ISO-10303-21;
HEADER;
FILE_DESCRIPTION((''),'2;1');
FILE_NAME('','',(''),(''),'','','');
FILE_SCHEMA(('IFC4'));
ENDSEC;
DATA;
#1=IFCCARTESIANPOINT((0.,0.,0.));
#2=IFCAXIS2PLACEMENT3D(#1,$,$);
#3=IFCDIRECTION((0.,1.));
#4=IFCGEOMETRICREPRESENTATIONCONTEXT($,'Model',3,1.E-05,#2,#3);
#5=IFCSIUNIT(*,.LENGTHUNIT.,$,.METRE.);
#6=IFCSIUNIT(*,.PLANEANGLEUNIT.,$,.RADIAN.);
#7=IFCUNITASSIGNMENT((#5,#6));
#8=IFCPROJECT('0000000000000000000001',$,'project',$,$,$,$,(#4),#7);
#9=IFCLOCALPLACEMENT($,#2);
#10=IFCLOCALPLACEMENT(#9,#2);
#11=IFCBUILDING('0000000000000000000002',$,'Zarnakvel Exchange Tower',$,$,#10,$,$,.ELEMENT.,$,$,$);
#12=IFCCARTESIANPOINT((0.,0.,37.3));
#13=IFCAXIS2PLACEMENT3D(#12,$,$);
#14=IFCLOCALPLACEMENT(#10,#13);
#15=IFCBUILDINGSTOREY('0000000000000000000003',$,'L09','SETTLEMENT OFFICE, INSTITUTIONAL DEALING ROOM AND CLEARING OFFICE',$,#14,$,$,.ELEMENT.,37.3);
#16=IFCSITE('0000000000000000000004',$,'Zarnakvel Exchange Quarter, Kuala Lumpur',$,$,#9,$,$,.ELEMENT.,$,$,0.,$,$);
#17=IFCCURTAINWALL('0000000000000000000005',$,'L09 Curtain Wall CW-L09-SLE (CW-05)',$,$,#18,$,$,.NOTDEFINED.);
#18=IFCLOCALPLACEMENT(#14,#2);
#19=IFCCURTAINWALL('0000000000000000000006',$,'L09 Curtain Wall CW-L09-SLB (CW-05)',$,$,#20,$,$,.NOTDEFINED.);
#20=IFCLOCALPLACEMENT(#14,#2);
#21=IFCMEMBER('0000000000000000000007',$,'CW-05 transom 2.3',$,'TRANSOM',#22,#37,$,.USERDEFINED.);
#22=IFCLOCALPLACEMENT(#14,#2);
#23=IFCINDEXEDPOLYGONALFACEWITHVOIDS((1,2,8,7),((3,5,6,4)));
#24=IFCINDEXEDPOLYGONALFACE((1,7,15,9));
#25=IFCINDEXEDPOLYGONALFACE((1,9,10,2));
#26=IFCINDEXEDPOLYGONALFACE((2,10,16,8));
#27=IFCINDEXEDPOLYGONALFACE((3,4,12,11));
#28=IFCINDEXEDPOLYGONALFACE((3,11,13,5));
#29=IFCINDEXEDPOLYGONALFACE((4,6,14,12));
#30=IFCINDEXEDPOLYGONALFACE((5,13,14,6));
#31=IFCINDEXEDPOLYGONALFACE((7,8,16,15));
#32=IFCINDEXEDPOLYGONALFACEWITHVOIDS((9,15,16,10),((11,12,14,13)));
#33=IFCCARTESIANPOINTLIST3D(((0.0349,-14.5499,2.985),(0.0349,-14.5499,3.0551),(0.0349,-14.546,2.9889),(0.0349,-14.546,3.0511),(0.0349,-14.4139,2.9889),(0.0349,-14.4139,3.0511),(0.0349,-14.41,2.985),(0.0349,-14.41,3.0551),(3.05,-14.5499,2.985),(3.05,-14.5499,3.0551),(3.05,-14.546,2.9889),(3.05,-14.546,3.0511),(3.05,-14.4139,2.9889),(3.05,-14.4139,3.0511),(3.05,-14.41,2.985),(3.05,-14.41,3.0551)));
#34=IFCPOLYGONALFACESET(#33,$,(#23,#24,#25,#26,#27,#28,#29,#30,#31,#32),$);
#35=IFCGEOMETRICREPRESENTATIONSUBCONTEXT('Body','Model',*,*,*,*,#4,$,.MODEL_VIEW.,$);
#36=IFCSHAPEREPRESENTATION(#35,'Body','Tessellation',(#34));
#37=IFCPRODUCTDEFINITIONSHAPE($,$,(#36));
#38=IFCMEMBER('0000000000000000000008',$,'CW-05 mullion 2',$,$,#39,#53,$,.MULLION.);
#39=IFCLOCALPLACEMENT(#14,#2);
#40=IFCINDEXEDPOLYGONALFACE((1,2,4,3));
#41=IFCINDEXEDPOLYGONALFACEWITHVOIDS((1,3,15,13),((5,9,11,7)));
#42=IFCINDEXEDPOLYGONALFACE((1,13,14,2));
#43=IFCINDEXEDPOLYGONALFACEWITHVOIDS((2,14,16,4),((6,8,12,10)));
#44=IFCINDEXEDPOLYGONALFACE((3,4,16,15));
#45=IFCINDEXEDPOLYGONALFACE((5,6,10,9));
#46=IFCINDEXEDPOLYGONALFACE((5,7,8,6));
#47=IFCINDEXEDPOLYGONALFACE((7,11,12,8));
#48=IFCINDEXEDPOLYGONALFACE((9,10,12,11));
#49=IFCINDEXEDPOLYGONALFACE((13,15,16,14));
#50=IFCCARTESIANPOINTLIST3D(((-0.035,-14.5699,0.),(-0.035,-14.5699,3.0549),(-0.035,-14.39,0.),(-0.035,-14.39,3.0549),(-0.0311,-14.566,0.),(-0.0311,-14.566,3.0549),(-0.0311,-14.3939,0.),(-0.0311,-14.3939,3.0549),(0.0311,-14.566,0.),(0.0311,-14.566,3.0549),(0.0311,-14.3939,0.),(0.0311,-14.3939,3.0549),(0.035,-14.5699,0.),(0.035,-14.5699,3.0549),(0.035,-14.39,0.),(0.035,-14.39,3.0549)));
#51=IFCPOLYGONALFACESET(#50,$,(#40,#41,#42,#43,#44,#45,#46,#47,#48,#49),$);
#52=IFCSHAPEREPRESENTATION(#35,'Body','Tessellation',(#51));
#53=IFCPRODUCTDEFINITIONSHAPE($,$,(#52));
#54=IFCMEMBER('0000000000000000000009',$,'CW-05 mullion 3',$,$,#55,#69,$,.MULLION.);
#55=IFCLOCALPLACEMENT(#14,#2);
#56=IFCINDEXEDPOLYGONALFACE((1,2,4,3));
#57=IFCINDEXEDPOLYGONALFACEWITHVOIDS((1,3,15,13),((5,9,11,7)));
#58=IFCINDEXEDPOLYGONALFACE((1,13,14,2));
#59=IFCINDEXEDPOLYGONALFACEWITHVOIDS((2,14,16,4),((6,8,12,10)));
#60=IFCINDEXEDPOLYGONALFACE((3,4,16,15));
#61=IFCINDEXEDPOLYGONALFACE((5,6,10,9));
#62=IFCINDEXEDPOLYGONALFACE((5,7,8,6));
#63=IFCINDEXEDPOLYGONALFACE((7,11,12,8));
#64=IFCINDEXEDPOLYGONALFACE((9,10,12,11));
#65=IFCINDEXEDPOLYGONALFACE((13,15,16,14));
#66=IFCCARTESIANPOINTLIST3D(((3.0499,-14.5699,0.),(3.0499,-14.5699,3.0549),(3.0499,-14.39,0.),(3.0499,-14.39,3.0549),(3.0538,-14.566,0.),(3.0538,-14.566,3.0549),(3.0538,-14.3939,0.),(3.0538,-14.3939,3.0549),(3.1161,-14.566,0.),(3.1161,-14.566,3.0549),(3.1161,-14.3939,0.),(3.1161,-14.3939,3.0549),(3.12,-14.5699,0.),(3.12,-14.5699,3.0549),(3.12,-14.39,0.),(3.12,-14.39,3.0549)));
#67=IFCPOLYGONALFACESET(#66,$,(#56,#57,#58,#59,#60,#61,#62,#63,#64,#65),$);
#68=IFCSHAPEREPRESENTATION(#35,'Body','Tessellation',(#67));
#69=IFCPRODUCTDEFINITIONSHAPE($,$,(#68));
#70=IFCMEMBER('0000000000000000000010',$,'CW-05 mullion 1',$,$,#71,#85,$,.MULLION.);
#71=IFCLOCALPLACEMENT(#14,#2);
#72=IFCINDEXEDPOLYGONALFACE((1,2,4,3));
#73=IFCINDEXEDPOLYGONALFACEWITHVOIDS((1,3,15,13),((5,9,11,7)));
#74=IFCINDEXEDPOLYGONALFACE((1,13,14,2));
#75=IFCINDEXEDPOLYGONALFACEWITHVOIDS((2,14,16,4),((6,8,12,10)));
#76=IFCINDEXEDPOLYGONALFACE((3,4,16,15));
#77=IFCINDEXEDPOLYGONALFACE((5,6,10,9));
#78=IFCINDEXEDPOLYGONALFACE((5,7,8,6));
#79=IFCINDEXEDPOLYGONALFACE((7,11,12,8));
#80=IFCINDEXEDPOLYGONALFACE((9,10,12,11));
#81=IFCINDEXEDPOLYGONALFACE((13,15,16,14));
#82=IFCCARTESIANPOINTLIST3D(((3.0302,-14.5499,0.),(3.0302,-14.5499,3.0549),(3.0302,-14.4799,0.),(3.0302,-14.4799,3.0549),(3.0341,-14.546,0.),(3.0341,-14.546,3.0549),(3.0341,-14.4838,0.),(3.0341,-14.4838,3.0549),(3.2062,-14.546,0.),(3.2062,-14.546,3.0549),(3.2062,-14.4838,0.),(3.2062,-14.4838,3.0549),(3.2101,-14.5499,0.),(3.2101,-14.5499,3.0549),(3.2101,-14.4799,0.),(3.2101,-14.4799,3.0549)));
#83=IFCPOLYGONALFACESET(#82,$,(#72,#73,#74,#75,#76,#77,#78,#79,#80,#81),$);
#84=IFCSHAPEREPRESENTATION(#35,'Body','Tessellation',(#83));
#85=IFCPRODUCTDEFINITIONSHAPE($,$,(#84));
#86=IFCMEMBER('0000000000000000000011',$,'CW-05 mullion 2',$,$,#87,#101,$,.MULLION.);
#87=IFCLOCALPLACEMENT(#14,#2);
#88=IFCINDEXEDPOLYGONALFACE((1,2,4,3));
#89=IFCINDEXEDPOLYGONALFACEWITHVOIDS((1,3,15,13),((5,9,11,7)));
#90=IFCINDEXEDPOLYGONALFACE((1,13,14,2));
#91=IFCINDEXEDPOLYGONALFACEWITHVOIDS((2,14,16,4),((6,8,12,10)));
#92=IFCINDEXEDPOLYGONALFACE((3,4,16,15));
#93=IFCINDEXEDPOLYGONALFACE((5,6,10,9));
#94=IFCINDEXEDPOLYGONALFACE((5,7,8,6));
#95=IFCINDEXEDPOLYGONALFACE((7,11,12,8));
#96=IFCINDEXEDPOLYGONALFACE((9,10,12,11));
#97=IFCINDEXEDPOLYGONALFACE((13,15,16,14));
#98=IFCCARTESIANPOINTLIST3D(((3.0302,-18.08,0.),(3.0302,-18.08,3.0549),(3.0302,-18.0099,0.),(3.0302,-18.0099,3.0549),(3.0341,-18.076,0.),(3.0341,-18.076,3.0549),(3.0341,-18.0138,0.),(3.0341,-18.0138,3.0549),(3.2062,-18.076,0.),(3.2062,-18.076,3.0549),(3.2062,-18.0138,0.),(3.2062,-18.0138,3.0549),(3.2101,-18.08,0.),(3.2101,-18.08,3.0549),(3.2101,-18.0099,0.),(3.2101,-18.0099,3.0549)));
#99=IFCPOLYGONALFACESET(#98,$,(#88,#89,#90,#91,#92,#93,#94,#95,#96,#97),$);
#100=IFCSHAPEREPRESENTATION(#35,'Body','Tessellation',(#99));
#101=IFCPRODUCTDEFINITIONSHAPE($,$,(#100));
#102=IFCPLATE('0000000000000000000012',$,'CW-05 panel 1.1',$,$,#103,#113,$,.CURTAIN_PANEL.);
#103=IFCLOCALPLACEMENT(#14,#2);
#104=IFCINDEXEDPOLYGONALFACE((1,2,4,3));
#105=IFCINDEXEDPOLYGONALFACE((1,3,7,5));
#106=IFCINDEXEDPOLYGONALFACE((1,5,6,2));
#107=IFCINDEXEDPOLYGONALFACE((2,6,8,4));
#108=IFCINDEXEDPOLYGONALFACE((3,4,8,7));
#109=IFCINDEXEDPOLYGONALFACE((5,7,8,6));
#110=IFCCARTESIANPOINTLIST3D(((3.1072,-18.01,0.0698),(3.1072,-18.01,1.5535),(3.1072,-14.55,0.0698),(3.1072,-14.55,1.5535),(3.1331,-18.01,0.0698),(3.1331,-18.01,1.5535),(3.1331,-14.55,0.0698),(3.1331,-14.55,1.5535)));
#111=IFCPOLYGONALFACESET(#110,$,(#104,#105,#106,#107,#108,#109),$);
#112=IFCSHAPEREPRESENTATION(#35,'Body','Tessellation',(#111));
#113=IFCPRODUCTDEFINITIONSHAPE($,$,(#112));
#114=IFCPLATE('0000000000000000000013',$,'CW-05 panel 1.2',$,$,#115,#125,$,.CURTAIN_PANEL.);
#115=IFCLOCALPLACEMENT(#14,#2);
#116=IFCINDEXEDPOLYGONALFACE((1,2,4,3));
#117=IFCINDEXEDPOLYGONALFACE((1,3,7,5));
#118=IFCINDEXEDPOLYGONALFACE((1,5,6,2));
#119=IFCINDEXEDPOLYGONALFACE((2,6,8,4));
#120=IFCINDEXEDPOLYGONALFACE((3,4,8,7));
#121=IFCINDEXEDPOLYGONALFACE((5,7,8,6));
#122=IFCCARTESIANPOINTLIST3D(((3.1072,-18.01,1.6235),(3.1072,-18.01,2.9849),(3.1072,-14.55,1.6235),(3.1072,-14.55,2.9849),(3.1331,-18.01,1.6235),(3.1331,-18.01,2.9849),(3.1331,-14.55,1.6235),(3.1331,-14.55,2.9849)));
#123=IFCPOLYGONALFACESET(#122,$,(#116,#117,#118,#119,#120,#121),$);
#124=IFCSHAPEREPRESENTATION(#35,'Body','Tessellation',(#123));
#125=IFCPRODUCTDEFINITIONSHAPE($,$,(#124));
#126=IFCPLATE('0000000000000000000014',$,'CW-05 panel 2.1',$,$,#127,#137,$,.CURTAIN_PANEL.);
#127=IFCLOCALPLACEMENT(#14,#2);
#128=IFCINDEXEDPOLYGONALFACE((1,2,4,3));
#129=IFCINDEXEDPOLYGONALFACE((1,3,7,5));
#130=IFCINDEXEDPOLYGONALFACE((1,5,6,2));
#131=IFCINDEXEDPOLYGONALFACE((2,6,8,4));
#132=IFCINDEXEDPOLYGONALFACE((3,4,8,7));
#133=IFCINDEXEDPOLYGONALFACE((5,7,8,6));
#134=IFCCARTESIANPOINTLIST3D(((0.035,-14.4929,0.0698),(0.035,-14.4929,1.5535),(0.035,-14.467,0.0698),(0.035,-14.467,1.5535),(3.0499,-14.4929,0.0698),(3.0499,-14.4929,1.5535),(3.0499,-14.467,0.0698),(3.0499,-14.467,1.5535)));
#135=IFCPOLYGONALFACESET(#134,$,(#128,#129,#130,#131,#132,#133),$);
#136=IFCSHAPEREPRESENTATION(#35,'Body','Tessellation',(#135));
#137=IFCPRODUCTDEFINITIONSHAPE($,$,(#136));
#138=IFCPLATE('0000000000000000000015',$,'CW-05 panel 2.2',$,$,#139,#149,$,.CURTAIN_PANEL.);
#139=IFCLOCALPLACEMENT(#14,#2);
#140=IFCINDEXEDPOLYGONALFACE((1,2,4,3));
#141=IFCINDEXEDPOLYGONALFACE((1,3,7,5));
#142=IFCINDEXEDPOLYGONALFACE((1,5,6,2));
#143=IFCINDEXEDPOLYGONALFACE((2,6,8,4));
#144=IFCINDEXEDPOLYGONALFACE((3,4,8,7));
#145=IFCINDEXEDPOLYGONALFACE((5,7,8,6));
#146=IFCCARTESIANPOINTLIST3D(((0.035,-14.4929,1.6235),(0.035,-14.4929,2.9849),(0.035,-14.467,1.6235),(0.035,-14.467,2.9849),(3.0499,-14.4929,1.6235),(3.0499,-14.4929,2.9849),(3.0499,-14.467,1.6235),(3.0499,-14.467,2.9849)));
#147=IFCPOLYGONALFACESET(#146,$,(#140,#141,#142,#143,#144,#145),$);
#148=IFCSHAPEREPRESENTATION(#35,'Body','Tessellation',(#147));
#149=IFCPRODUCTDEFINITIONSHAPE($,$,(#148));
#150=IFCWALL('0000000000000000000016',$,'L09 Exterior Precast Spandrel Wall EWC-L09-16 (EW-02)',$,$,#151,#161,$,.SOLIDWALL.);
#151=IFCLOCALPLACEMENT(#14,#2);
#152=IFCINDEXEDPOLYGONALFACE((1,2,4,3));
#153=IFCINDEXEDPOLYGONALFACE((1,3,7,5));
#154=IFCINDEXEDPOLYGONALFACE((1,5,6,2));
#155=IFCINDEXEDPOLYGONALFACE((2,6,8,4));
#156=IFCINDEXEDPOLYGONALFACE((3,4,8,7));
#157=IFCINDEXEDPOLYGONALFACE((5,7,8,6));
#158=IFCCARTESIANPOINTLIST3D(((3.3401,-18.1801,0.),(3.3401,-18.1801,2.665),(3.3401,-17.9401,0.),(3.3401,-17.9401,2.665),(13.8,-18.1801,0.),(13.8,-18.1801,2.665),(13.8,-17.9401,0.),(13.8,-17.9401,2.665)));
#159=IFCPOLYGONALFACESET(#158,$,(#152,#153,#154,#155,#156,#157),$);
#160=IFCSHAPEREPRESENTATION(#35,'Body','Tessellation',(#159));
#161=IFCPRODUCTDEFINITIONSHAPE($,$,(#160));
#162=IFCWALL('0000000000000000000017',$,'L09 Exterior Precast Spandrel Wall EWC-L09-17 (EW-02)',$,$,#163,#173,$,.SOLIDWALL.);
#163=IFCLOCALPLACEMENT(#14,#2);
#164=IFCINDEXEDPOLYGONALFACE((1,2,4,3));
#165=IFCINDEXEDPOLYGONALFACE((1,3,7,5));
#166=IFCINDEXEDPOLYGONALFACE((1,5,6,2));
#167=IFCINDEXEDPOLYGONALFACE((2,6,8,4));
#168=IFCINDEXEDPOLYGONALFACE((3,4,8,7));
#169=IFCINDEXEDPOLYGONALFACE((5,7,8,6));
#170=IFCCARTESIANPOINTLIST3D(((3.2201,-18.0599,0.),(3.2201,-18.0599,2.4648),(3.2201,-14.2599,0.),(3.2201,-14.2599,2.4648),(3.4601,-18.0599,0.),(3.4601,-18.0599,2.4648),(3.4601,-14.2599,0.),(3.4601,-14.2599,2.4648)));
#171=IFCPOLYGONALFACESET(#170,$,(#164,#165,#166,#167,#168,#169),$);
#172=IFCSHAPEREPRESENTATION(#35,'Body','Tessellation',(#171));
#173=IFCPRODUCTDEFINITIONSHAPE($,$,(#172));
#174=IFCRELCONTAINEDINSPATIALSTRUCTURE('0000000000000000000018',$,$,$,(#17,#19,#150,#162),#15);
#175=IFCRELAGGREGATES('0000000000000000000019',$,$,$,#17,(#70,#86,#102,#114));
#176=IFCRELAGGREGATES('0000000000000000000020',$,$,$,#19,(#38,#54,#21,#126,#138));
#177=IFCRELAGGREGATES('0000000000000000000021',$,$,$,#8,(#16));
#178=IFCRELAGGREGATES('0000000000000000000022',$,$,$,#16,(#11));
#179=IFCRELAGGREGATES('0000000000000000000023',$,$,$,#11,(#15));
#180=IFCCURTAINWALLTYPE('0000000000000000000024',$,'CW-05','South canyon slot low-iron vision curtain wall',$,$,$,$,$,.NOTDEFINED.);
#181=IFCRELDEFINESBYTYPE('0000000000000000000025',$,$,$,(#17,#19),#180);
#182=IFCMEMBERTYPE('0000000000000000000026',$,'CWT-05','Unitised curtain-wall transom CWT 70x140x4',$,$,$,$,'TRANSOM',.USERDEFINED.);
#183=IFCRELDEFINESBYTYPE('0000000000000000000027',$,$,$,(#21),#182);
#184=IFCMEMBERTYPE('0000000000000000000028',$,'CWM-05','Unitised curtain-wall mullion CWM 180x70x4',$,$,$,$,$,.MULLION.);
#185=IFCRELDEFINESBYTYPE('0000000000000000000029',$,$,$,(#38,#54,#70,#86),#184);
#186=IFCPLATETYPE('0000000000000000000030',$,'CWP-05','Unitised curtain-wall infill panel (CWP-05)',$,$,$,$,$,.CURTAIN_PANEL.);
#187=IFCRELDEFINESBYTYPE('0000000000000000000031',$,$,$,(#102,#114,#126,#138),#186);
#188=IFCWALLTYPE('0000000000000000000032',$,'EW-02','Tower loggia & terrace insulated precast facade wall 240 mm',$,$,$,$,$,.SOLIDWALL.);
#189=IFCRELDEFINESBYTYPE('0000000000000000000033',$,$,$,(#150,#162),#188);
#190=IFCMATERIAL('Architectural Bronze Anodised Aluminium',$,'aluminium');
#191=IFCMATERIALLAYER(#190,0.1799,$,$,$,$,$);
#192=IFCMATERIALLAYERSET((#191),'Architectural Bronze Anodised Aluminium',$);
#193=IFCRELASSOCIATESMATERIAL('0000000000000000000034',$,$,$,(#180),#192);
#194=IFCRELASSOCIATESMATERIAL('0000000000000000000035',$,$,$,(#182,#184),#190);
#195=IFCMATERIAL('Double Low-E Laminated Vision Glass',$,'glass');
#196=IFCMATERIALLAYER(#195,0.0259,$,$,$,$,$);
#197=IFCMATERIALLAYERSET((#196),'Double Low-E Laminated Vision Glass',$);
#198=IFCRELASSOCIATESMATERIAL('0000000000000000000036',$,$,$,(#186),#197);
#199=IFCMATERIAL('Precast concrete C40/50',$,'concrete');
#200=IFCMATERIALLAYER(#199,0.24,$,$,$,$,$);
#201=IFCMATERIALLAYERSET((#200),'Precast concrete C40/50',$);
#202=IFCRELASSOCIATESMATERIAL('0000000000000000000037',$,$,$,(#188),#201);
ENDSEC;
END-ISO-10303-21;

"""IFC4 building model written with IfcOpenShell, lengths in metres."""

from ifc_helpers import new_model, si_unit, direction, frame, frame_2d, origin, origin_2d, place, context, subcontext, project, spatial, rectangle, hollow_rectangle, extrude, source, transform, mapped, material, layer, layer_set, material_profile, profile_set, type_object, element, aggregate, save


model = new_model("IFC4")

# Units and contexts
model_context = context("Model", 3, precision=1e-05, world=origin(), true_north=direction((0.0, 1.0)))
body_context = subcontext(model_context, "Body", "Model", "MODEL_VIEW")
ifc_project = project(units=[si_unit("LENGTHUNIT", "METRE"), si_unit("PLANEANGLEUNIT", "RADIAN")], contexts=[model_context])

# Site, building, storey
site_placement = place(None, origin())
site = spatial("IfcSite", under=ifc_project, at=site_placement, Name="Zarnakvel Exchange Quarter, Kuala Lumpur", CompositionType="ELEMENT", RefElevation=0.0)
building_placement = place(site_placement, origin())
building = spatial("IfcBuilding", under=site, at=building_placement, Name="Zarnakvel Exchange Tower", CompositionType="ELEMENT")
storey_placement = place(building_placement, frame((0.0, 0.0, 37.3)))
storey = spatial("IfcBuildingStorey", under=building, at=storey_placement, Name="L09", Description="SETTLEMENT OFFICE, INSTITUTIONAL DEALING ROOM AND CLEARING OFFICE", CompositionType="ELEMENT", Elevation=37.3)

# Curtain walls, members
ifc_material_1 = material(Name="Architectural Bronze Anodised Aluminium", Category="aluminium")
ifc_layer_1 = layer(ifc_material_1, 0.1799)
ifc_layer_set_1 = layer_set([ifc_layer_1], Name="Architectural Bronze Anodised Aluminium")
curtain_wall_type = type_object("IfcCurtainWallType", Name="CW-05", Description="South canyon slot low-iron vision curtain wall", PredefinedType="NOTDEFINED", material=ifc_layer_set_1)
curtain_wall_1_placement = place(storey_placement, origin())
curtain_wall_1 = element("IfcCurtainWall", 1, at=curtain_wall_1_placement, inside=storey, type_object=curtain_wall_type, Name="L09 Curtain Wall CW-L09-SLE (CW-05)", PredefinedType="NOTDEFINED")
ifc_material_profile_1 = material_profile(ifc_material_1, hollow_rectangle(XDim=0.1399, YDim=0.0701, WallThickness=0.0039, at=origin_2d()))
ifc_profile_set_1 = profile_set([ifc_material_profile_1], Name="Architectural Bronze Anodised Aluminium")
member_type_1 = type_object("IfcMemberType", Name="CWT-05", Description="Unitised curtain-wall transom CWT 70x140x4", ElementType="TRANSOM", PredefinedType="USERDEFINED", material=ifc_profile_set_1)
curtain_wall_2_placement = place(storey_placement, origin())
curtain_wall_2 = element("IfcCurtainWall", 2, at=curtain_wall_2_placement, inside=storey, type_object=curtain_wall_type, Name="L09 Curtain Wall CW-L09-SLB (CW-05)", PredefinedType="NOTDEFINED")
shared_shape_1 = source(origin(), body_context, "Body", "SweptSolid", [
    extrude(hollow_rectangle(XDim=0.1399, YDim=0.0701, WallThickness=0.0039, at=origin_2d()), origin(), (0.0, 0.0, 1.0), 3.0151),
])
member_1_placement = place(storey_placement, frame((0.0349, -14.48, 3.02), z_axis=(1.0, 0.0, 0.0), x_axis=(0.0, 1.0, 0.0)))
member_1 = element("IfcMember", 3, at=member_1_placement, type_object=member_type_1, Name="CW-05 transom 2.3", ObjectType="TRANSOM", PredefinedType="USERDEFINED", context=body_context, shape_type="MappedRepresentation", body=[
    mapped(shared_shape_1, transform((0.0, 0.0, 0.0), x_axis=(1.0, 0.0, 0.0), y_axis=(0.0, 1.0, 0.0), z_axis=(0.0, 0.0, 1.0), scale=1.0)),
])
ifc_material_profile_2 = material_profile(ifc_material_1, hollow_rectangle(XDim=0.1799, YDim=0.0701, WallThickness=0.0039, at=origin_2d()))
ifc_profile_set_2 = profile_set([ifc_material_profile_2], Name="Architectural Bronze Anodised Aluminium")
member_type_2 = type_object("IfcMemberType", Name="CWM-05", Description="Unitised curtain-wall mullion CWM 180x70x4", PredefinedType="MULLION", material=ifc_profile_set_2)
shared_shape_2 = source(origin(), body_context, "Body", "SweptSolid", [
    extrude(hollow_rectangle(XDim=0.1799, YDim=0.0701, WallThickness=0.0039, at=origin_2d()), origin(), (0.0, 0.0, 1.0), 3.0549),
])
member_2_placement = place(storey_placement, frame((0.0, -14.48, 0.0), z_axis=(0.0, 0.0, 1.0), x_axis=(0.0, 1.0, 0.0)))
member_2 = element("IfcMember", 4, at=member_2_placement, type_object=member_type_2, Name="CW-05 mullion 2", PredefinedType="MULLION", context=body_context, shape_type="MappedRepresentation", body=[
    mapped(shared_shape_2, transform((0.0, 0.0, 0.0), x_axis=(1.0, 0.0, 0.0), y_axis=(0.0, 1.0, 0.0), z_axis=(0.0, 0.0, 1.0), scale=1.0)),
])
member_3_placement = place(storey_placement, frame((3.085, -14.48, 0.0), z_axis=(0.0, 0.0, 1.0), x_axis=(0.0, 1.0, 0.0)))
member_3 = element("IfcMember", 5, at=member_3_placement, type_object=member_type_2, Name="CW-05 mullion 3", PredefinedType="MULLION", context=body_context, shape_type="MappedRepresentation", body=[
    mapped(shared_shape_2, transform((0.0, 0.0, 0.0), x_axis=(1.0, 0.0, 0.0), y_axis=(0.0, 1.0, 0.0), z_axis=(0.0, 0.0, 1.0), scale=1.0)),
])

# Members
member_4_placement = place(storey_placement, frame((3.1201, -14.5149, 0.0), z_axis=(0.0, 0.0, 1.0), x_axis=(1.0, 0.0, 0.0)))
member_4 = element("IfcMember", 6, at=member_4_placement, type_object=member_type_2, Name="CW-05 mullion 1", PredefinedType="MULLION", context=body_context, shape_type="MappedRepresentation", body=[
    mapped(shared_shape_2, transform((0.0, 0.0, 0.0), x_axis=(1.0, 0.0, 0.0), y_axis=(0.0, 1.0, 0.0), z_axis=(0.0, 0.0, 1.0), scale=1.0)),
])
member_5_placement = place(storey_placement, frame((3.1201, -18.0449, 0.0), z_axis=(0.0, 0.0, 1.0), x_axis=(1.0, 0.0, 0.0)))
member_5 = element("IfcMember", 7, at=member_5_placement, type_object=member_type_2, Name="CW-05 mullion 2", PredefinedType="MULLION", context=body_context, shape_type="MappedRepresentation", body=[
    mapped(shared_shape_2, transform((0.0, 0.0, 0.0), x_axis=(1.0, 0.0, 0.0), y_axis=(0.0, 1.0, 0.0), z_axis=(0.0, 0.0, 1.0), scale=1.0)),
])

# Plates
ifc_material_2 = material(Name="Double Low-E Laminated Vision Glass", Category="glass")
ifc_layer_2 = layer(ifc_material_2, 0.0259)
ifc_layer_set_2 = layer_set([ifc_layer_2], Name="Double Low-E Laminated Vision Glass")
plate_type = type_object("IfcPlateType", Name="CWP-05", Description="Unitised curtain-wall infill panel (CWP-05)", PredefinedType="CURTAIN_PANEL", material=ifc_layer_set_2)
shared_shape_3 = source(origin(), body_context, "Body", "SweptSolid", [
    extrude(rectangle(XDim=3.46, YDim=0.0259, at=origin_2d()), origin(), (0.0, 0.0, 1.0), 1.4836),
])
plate_1_placement = place(storey_placement, frame((3.1201, -16.28, 0.0698), z_axis=(0.0, 0.0, 1.0), x_axis=(0.0, -1.0, 0.0)))
plate_1 = element("IfcPlate", 8, at=plate_1_placement, type_object=plate_type, Name="CW-05 panel 1.1", PredefinedType="CURTAIN_PANEL", context=body_context, shape_type="MappedRepresentation", body=[
    mapped(shared_shape_3, transform((0.0, 0.0, 0.0), x_axis=(1.0, 0.0, 0.0), y_axis=(0.0, 1.0, 0.0), z_axis=(0.0, 0.0, 1.0), scale=1.0)),
])
shared_shape_4 = source(origin(), body_context, "Body", "SweptSolid", [
    extrude(rectangle(XDim=3.46, YDim=0.0259, at=origin_2d()), origin(), (0.0, 0.0, 1.0), 1.3613),
])
plate_2_placement = place(storey_placement, frame((3.1201, -16.28, 1.6235), z_axis=(0.0, 0.0, 1.0), x_axis=(0.0, -1.0, 0.0)))
plate_2 = element("IfcPlate", 9, at=plate_2_placement, type_object=plate_type, Name="CW-05 panel 1.2", PredefinedType="CURTAIN_PANEL", context=body_context, shape_type="MappedRepresentation", body=[
    mapped(shared_shape_4, transform((0.0, 0.0, 0.0), x_axis=(1.0, 0.0, 0.0), y_axis=(0.0, 1.0, 0.0), z_axis=(0.0, 0.0, 1.0), scale=1.0)),
])
aggregate(curtain_wall_1, [member_4, member_5, plate_1, plate_2])
shared_shape_5 = source(origin(), body_context, "Body", "SweptSolid", [
    extrude(rectangle(XDim=3.0149, YDim=0.0259, at=origin_2d()), origin(), (0.0, 0.0, 1.0), 1.4836),
])
plate_3_placement = place(storey_placement, frame((1.5425, -14.48, 0.0698), z_axis=(0.0, 0.0, 1.0), x_axis=(1.0, 0.0, 0.0)))
plate_3 = element("IfcPlate", 10, at=plate_3_placement, type_object=plate_type, Name="CW-05 panel 2.1", PredefinedType="CURTAIN_PANEL", context=body_context, shape_type="MappedRepresentation", body=[
    mapped(shared_shape_5, transform((0.0, 0.0, 0.0), x_axis=(1.0, 0.0, 0.0), y_axis=(0.0, 1.0, 0.0), z_axis=(0.0, 0.0, 1.0), scale=1.0)),
])
shared_shape_6 = source(origin(), body_context, "Body", "SweptSolid", [
    extrude(rectangle(XDim=3.0149, YDim=0.0259, at=origin_2d()), origin(), (0.0, 0.0, 1.0), 1.3613),
])
plate_4_placement = place(storey_placement, frame((1.5425, -14.48, 1.6235), z_axis=(0.0, 0.0, 1.0), x_axis=(1.0, 0.0, 0.0)))
plate_4 = element("IfcPlate", 11, at=plate_4_placement, type_object=plate_type, Name="CW-05 panel 2.2", PredefinedType="CURTAIN_PANEL", context=body_context, shape_type="MappedRepresentation", body=[
    mapped(shared_shape_6, transform((0.0, 0.0, 0.0), x_axis=(1.0, 0.0, 0.0), y_axis=(0.0, 1.0, 0.0), z_axis=(0.0, 0.0, 1.0), scale=1.0)),
])
aggregate(curtain_wall_2, [member_2, member_3, member_1, plate_3, plate_4])

# Walls
ifc_material_3 = material(Name="Precast concrete C40/50", Category="concrete")
ifc_layer_3 = layer(ifc_material_3, 0.24)
ifc_layer_set_3 = layer_set([ifc_layer_3], Name="Precast concrete C40/50")
wall_type_1 = type_object("IfcWallType", Name="EW-02", Description="Tower loggia & terrace insulated precast facade wall 240 mm", PredefinedType="SOLIDWALL", material=ifc_layer_set_3)
wall_1_placement = place(storey_placement, frame((3.3401, -18.0601, 0.0), z_axis=(0.0, 0.0, 1.0), x_axis=(1.0, 0.0, 0.0)))
element("IfcWall", 12, at=wall_1_placement, inside=storey, type_object=wall_type_1, Name="L09 Exterior Precast Spandrel Wall EWC-L09-16 (EW-02)", PredefinedType="SOLIDWALL", context=body_context, shape_type="SweptSolid", body=[
    extrude(rectangle(XDim=10.46, YDim=0.24, at=frame_2d((5.23, 0.0))), origin(), (0.0, 0.0, 1.0), 2.665),
])
wall_2_placement = place(storey_placement, frame((3.3401, -14.26, 0.0), z_axis=(0.0, 0.0, 1.0), x_axis=(0.0, -1.0, 0.0)))
element("IfcWall", 13, at=wall_2_placement, inside=storey, type_object=wall_type_1, Name="L09 Exterior Precast Spandrel Wall EWC-L09-17 (EW-02)", PredefinedType="SOLIDWALL", context=body_context, shape_type="SweptSolid", body=[
    extrude(rectangle(XDim=3.8, YDim=0.24, at=frame_2d((1.8999, 0.0))), origin(), (0.0, 0.0, 1.0), 2.4648),
])

save(model, "model.ifc")
